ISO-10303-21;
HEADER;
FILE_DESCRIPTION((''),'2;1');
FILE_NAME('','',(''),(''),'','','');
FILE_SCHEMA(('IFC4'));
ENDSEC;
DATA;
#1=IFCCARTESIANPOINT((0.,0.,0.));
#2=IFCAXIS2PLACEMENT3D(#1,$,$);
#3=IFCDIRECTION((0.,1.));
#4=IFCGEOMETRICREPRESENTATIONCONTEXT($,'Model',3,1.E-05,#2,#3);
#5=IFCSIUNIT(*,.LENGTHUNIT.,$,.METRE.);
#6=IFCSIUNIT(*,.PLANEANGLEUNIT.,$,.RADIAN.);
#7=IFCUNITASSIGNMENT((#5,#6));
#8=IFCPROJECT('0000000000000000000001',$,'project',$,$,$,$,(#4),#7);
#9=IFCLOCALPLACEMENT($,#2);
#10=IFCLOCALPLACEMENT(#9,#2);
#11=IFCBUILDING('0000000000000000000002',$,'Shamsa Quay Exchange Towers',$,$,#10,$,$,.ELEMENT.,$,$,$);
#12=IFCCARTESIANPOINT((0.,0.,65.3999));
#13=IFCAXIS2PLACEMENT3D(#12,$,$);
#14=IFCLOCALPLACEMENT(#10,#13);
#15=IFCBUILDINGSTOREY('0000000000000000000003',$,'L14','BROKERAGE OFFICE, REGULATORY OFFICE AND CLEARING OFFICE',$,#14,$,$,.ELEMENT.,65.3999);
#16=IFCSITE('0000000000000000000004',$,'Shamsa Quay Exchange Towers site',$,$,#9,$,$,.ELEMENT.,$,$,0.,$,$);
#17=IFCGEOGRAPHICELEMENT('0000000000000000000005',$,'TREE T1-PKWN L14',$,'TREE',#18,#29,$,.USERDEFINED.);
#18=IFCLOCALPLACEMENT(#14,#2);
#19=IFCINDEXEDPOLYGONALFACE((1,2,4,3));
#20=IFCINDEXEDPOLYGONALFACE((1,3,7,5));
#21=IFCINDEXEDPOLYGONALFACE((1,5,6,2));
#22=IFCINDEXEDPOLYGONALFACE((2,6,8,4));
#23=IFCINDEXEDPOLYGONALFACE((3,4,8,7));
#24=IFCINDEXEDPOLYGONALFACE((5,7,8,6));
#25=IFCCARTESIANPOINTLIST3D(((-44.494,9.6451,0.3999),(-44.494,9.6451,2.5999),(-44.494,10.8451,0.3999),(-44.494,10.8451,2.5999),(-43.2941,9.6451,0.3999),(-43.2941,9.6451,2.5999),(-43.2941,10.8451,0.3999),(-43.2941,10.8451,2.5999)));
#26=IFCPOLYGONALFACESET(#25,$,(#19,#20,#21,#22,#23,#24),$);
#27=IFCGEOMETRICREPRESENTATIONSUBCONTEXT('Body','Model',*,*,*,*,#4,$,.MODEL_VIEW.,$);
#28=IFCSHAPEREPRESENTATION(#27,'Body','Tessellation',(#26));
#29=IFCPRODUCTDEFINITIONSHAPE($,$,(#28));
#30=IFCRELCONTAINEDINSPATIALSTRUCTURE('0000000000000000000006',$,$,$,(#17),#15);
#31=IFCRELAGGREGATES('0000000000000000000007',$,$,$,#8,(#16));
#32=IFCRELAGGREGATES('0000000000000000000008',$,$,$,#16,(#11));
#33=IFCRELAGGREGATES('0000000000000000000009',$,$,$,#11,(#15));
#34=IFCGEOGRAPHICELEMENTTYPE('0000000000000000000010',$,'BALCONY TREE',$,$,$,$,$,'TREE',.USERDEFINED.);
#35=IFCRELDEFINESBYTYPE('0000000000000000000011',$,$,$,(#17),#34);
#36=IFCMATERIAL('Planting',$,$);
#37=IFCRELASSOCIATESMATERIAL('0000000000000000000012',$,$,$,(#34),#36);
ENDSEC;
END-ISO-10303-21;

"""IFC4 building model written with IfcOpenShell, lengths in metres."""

from ifc_helpers import new_model, si_unit, direction, frame, origin, origin_2d, place, context, subcontext, project, spatial, rectangle, extrude, material, type_object, element, save


model = new_model("IFC4")

# Units and contexts
model_context = context("Model", 3, precision=1e-05, world=origin(), true_north=direction((0.0, 1.0)))
body_context = subcontext(model_context, "Body", "Model", "MODEL_VIEW")
ifc_project = project(units=[si_unit("LENGTHUNIT", "METRE"), si_unit("PLANEANGLEUNIT", "RADIAN")], contexts=[model_context])

# Site, building, storey
site_placement = place(None, origin())
site = spatial("IfcSite", under=ifc_project, at=site_placement, Name="Shamsa Quay Exchange Towers site", CompositionType="ELEMENT", RefElevation=0.0)
building_placement = place(site_placement, origin())
building = spatial("IfcBuilding", under=site, at=building_placement, Name="Shamsa Quay Exchange Towers", CompositionType="ELEMENT")
storey_placement = place(building_placement, frame((0.0, 0.0, 65.3999)))
storey = spatial("IfcBuildingStorey", under=building, at=storey_placement, Name="L14", Description="BROKERAGE OFFICE, REGULATORY OFFICE AND CLEARING OFFICE", CompositionType="ELEMENT", Elevation=65.3999)

# Geographic element
ifc_material_1 = material(Name="Planting")
geographic_element_type = type_object("IfcGeographicElementType", Name="BALCONY TREE", ElementType="TREE", PredefinedType="USERDEFINED", material=ifc_material_1)
geographic_element_placement = place(storey_placement, frame((-43.894, 10.2451, 0.3999), z_axis=(0.0, 0.0, 1.0), x_axis=(-1.0, 0.0, 0.0)))
element("IfcGeographicElement", 1, at=geographic_element_placement, inside=storey, type_object=geographic_element_type, Name="TREE T1-PKWN L14", ObjectType="TREE", PredefinedType="USERDEFINED", context=body_context, shape_type="SweptSolid", body=[
    extrude(rectangle(XDim=1.2, YDim=1.2, at=origin_2d()), origin(), (0.0, 0.0, 1.0), 2.2),
])

save(model, "model.ifc")
